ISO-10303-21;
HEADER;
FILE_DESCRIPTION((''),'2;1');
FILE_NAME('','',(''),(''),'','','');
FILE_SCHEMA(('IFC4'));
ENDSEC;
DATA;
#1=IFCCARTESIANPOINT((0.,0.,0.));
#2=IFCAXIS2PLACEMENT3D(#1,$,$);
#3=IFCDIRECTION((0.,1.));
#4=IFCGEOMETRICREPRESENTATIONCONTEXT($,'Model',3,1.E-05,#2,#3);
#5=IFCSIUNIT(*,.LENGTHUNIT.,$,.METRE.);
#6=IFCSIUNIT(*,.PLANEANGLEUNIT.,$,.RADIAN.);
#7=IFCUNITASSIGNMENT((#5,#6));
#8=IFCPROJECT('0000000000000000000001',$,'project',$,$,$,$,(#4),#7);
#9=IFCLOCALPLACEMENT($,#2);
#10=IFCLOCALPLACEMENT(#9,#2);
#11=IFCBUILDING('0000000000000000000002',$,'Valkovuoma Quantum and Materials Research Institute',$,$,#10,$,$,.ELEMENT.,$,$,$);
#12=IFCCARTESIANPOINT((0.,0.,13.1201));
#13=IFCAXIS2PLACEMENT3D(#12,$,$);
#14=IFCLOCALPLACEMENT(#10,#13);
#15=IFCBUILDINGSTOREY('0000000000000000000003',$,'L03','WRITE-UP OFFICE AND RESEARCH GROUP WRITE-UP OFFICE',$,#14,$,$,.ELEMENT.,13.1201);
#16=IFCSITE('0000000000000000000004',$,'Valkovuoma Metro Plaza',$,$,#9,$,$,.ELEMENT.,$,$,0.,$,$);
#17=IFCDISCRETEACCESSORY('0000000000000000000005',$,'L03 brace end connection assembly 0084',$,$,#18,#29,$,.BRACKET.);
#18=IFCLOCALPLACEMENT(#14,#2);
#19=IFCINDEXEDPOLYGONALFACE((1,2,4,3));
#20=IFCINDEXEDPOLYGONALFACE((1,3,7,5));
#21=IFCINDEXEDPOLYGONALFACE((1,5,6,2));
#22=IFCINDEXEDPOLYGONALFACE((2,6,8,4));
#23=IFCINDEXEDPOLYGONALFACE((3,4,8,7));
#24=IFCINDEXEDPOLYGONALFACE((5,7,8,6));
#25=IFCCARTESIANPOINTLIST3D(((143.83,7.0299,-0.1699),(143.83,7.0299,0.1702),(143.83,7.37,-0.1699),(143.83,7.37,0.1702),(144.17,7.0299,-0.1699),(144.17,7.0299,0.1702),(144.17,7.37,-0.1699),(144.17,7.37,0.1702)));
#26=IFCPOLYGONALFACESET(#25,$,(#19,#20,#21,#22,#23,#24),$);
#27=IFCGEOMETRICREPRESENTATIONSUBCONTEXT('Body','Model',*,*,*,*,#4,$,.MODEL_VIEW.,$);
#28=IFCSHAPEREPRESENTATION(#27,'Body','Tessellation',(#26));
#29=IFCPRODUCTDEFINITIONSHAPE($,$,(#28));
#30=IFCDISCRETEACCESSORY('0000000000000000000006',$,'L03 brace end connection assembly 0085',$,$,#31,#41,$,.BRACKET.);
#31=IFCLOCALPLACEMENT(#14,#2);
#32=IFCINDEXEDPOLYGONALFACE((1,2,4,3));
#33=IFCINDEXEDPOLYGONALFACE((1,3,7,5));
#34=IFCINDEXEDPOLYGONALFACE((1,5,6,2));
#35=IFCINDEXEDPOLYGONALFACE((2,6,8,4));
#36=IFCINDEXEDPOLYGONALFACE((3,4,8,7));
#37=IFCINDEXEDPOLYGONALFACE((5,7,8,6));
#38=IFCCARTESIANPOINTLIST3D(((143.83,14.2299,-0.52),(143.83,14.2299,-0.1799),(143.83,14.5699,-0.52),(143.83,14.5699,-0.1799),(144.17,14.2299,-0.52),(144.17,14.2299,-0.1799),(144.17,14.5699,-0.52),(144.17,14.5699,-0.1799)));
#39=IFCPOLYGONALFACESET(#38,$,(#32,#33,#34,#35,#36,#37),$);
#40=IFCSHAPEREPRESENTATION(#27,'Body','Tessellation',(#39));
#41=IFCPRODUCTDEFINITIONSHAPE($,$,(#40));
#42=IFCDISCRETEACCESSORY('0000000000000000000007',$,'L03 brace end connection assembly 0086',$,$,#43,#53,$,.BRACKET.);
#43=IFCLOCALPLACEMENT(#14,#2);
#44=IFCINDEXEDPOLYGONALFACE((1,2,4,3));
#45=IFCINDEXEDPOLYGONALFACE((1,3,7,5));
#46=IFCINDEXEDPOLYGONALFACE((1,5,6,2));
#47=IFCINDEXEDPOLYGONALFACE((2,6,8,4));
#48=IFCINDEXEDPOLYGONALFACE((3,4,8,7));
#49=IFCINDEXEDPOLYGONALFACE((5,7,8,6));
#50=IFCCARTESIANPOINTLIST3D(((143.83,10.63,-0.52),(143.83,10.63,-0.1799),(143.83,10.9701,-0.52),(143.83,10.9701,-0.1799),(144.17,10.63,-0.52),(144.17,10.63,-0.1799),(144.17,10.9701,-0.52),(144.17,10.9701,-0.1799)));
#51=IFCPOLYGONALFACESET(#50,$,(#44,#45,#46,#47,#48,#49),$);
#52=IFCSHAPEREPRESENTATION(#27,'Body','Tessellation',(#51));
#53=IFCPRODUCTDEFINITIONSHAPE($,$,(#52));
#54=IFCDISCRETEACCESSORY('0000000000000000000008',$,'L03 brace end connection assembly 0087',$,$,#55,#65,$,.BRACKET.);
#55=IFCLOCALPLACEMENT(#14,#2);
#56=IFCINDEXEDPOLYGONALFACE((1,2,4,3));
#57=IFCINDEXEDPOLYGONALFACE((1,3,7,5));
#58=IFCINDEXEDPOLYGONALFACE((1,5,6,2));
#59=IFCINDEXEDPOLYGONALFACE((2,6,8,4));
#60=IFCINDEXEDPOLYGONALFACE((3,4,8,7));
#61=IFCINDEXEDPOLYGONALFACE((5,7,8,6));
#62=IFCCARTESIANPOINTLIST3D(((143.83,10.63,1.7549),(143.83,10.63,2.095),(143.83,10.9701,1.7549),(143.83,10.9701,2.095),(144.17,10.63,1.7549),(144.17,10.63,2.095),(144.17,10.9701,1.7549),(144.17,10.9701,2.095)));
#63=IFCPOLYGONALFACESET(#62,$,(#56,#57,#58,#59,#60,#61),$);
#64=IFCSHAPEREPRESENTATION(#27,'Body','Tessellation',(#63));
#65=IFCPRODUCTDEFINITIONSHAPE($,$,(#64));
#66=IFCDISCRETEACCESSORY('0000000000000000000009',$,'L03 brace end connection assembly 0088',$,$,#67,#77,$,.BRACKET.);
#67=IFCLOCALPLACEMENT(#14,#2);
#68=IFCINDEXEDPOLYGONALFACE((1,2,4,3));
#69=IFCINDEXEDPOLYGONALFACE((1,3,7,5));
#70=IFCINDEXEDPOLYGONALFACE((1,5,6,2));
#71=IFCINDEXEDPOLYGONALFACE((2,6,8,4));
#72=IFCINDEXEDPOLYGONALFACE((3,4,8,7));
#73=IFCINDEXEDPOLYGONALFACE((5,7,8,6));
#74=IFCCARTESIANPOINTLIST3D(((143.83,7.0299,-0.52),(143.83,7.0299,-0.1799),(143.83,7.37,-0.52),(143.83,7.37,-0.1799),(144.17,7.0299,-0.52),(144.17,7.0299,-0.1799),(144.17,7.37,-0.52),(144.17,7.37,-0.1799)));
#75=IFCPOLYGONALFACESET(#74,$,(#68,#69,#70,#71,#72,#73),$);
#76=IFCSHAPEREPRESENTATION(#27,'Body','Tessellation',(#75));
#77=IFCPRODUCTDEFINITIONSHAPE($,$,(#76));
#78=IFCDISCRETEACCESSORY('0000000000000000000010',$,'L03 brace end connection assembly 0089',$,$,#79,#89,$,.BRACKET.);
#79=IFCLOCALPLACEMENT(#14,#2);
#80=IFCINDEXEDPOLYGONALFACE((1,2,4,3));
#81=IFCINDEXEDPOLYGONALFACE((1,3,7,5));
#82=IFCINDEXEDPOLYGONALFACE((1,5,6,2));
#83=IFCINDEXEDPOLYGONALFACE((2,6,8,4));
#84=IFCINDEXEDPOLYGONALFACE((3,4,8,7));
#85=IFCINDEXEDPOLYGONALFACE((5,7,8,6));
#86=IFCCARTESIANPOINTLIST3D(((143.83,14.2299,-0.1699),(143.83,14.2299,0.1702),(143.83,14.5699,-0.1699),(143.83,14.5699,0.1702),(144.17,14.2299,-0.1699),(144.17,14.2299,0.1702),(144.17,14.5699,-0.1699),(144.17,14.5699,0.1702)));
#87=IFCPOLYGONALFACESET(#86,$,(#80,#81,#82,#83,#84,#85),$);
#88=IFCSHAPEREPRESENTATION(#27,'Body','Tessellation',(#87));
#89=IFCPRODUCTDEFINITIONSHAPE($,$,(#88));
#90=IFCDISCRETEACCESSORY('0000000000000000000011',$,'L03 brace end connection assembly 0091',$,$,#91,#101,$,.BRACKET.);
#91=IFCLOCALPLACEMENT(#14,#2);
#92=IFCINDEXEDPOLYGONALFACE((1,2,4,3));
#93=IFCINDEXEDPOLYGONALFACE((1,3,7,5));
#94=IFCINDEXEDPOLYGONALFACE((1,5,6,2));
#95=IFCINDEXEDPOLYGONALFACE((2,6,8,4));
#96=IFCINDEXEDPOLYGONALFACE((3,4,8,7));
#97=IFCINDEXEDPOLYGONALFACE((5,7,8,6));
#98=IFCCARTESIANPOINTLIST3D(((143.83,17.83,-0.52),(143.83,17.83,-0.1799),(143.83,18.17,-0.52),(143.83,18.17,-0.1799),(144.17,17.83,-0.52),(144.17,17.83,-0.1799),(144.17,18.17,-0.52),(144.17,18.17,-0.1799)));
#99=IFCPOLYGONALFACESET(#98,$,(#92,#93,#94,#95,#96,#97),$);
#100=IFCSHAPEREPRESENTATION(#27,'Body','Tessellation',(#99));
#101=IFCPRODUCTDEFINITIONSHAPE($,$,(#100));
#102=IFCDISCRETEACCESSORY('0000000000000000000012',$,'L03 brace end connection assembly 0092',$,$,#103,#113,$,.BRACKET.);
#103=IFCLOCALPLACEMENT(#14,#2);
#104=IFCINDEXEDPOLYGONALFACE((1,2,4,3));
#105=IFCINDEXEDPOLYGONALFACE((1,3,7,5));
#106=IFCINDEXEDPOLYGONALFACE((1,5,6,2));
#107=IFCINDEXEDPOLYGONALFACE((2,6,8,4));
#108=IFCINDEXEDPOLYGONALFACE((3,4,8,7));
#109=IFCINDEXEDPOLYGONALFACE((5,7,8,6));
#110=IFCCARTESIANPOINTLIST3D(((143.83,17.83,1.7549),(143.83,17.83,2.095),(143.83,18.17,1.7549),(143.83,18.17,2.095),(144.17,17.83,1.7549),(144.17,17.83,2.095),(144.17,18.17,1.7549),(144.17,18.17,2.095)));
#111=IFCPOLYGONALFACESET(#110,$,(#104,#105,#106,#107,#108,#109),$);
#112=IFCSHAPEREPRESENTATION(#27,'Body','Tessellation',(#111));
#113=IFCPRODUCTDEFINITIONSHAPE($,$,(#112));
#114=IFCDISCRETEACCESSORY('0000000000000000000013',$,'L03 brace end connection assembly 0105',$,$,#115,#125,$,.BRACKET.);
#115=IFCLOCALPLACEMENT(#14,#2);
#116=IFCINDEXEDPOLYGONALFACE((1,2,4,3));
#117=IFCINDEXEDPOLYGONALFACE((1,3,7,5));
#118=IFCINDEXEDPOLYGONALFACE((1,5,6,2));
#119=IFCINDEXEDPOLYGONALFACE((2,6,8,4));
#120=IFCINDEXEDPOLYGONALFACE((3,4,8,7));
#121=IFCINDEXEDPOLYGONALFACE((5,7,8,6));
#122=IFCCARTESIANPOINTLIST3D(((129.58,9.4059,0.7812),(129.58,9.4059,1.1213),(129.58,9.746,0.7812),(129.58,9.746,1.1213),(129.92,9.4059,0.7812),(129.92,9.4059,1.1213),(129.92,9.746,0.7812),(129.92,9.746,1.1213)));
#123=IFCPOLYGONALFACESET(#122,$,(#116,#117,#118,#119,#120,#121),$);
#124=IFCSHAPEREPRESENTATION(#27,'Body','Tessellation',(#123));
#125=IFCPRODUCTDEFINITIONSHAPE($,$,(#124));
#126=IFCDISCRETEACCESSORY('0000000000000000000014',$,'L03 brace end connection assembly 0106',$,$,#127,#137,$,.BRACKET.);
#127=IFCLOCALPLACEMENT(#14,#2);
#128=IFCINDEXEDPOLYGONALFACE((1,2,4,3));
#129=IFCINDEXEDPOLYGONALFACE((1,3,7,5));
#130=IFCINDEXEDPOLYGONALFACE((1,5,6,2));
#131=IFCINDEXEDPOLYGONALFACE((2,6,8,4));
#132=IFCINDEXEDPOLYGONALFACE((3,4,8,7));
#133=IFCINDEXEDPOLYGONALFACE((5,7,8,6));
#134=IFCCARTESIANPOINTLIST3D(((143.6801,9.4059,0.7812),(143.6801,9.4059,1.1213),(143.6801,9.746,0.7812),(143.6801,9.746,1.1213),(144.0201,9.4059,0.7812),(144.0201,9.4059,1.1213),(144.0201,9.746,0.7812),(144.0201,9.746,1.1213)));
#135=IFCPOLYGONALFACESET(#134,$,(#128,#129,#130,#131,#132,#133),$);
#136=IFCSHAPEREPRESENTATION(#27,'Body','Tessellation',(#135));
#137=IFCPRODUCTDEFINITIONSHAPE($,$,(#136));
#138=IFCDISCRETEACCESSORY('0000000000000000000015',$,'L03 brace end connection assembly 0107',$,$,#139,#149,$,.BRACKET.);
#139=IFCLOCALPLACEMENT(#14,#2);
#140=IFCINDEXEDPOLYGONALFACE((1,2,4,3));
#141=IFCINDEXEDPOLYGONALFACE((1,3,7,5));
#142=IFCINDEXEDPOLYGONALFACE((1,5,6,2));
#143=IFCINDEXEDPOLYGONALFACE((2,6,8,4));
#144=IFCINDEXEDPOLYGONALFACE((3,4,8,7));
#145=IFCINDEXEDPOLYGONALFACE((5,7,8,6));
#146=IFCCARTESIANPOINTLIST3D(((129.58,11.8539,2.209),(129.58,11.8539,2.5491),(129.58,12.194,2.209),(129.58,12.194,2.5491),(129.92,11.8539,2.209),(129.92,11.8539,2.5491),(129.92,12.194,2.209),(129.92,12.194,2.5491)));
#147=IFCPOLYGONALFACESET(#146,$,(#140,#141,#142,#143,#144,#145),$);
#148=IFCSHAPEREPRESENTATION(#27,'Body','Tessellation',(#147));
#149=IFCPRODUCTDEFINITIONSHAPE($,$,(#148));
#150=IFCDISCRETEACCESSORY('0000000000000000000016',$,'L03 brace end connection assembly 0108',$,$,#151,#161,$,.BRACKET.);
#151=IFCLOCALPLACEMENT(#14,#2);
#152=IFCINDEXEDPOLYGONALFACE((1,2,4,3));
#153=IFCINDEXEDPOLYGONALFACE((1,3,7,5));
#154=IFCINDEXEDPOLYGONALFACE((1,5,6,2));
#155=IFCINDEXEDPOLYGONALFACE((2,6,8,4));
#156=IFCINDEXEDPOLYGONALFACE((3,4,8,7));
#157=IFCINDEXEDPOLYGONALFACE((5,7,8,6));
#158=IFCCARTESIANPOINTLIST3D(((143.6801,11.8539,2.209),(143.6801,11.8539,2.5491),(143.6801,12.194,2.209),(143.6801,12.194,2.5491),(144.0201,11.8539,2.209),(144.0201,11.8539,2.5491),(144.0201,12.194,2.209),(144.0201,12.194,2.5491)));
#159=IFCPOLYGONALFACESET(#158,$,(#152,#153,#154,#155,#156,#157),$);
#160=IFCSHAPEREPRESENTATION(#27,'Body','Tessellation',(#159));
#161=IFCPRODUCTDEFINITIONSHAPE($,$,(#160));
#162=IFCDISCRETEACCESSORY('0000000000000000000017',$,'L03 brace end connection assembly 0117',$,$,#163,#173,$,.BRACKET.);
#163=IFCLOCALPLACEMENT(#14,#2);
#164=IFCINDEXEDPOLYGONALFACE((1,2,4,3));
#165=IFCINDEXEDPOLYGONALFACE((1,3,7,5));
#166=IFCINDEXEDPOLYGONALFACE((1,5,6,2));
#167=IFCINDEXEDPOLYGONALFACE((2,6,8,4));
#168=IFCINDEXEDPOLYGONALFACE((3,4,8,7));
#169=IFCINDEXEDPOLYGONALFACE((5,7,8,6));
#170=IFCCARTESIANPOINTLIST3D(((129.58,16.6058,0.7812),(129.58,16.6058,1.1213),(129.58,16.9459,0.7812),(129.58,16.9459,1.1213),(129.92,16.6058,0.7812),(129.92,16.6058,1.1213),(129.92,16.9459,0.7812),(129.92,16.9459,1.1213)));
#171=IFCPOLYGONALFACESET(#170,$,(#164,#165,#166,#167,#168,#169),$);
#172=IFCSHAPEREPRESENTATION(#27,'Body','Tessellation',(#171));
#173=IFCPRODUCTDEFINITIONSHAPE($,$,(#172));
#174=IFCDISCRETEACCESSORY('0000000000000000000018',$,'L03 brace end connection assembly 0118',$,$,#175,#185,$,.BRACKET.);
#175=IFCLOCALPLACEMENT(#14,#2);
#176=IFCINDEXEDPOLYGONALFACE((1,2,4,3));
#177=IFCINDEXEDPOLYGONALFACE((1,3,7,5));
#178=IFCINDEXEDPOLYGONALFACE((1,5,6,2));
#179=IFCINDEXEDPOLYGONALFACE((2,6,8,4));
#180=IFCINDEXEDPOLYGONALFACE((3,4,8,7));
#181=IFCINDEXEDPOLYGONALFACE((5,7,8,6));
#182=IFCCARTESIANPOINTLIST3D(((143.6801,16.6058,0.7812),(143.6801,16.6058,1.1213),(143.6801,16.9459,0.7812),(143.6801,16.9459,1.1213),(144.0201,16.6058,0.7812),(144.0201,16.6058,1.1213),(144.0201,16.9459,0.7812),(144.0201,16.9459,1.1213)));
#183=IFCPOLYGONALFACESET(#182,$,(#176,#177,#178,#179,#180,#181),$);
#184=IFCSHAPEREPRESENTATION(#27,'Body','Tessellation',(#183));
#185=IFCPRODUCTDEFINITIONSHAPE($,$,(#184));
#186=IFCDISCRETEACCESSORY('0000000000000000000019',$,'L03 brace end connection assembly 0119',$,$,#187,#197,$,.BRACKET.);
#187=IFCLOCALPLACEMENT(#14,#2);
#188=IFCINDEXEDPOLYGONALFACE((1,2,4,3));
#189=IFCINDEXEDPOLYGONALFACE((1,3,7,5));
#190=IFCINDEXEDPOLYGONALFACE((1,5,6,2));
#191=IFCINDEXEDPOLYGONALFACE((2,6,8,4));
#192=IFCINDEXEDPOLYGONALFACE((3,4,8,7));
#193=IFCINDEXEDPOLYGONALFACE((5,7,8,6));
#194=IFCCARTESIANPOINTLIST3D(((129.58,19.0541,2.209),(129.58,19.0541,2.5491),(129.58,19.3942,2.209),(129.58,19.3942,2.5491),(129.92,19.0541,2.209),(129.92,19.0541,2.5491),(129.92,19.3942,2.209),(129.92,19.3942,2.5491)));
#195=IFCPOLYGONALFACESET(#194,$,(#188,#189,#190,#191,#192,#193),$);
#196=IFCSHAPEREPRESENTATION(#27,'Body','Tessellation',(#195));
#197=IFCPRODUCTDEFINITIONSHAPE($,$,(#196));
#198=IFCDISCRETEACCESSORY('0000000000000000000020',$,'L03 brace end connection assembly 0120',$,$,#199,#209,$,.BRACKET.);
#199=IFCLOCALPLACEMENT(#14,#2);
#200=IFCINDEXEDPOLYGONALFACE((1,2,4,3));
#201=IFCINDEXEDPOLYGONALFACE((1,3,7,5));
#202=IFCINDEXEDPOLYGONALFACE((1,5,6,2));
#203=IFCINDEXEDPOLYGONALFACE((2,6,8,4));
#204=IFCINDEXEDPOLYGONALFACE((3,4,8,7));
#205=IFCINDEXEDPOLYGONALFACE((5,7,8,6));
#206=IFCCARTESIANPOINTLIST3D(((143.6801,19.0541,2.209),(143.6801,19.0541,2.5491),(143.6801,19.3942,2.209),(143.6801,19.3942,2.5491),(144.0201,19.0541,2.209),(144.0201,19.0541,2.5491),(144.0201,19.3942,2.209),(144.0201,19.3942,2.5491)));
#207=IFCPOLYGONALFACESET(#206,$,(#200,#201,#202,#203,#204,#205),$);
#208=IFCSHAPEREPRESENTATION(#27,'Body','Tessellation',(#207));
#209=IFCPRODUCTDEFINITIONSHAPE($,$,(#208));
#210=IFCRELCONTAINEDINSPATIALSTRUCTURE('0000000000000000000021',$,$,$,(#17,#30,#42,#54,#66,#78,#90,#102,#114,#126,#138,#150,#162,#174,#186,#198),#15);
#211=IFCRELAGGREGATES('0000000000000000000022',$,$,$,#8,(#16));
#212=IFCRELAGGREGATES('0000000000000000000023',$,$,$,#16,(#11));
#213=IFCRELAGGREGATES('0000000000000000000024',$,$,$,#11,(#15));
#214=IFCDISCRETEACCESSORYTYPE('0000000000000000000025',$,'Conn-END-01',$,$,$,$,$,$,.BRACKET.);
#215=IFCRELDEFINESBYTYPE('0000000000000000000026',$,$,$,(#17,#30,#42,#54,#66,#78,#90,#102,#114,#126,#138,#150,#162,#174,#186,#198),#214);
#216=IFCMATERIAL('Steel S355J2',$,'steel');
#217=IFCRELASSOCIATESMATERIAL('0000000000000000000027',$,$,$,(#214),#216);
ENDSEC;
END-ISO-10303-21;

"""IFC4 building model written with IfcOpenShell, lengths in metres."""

from ifc_helpers import new_model, si_unit, direction, frame, origin, origin_2d, place, context, subcontext, project, spatial, rectangle, extrude, material, type_object, element, save


model = new_model("IFC4")

# Units and contexts
model_context = context("Model", 3, precision=1e-05, world=origin(), true_north=direction((0.0, 1.0)))
body_context = subcontext(model_context, "Body", "Model", "MODEL_VIEW")
ifc_project = project(units=[si_unit("LENGTHUNIT", "METRE"), si_unit("PLANEANGLEUNIT", "RADIAN")], contexts=[model_context])

# Site, building, storey
site_placement = place(None, origin())
site = spatial("IfcSite", under=ifc_project, at=site_placement, Name="Valkovuoma Metro Plaza", CompositionType="ELEMENT", RefElevation=0.0)
building_placement = place(site_placement, origin())
building = spatial("IfcBuilding", under=site, at=building_placement, Name="Valkovuoma Quantum and Materials Research Institute", CompositionType="ELEMENT")
storey_placement = place(building_placement, frame((0.0, 0.0, 13.1201)))
storey = spatial("IfcBuildingStorey", under=building, at=storey_placement, Name="L03", Description="WRITE-UP OFFICE AND RESEARCH GROUP WRITE-UP OFFICE", CompositionType="ELEMENT", Elevation=13.1201)

# Discrete accessories
ifc_material_1 = material(Name="Steel S355J2", Category="steel")
discrete_accessory_type = type_object("IfcDiscreteAccessoryType", Name="Conn-END-01", PredefinedType="BRACKET", material=ifc_material_1)
for number, where, z_axis, x_axis, name in (
    (1, (144.0, 7.2, -0.1699), (0.0, 0.0, 1.0), (1.0, 0.0, 0.0), "L03 brace end connection assembly 0084"),
    (2, (144.0, 14.3999, -0.52), (0.0, 0.0, 1.0), (1.0, 0.0, 0.0), "L03 brace end connection assembly 0085"),
    (3, (144.0, 10.8, -0.52), (0.0, 0.0, 1.0), (1.0, 0.0, 0.0), "L03 brace end connection assembly 0086"),
    (4, (144.0, 10.8, 1.7549), (0.0, 0.0, 1.0), (1.0, 0.0, 0.0), "L03 brace end connection assembly 0087"),
    (5, (144.0, 7.2, -0.52), (0.0, 0.0, 1.0), (1.0, 0.0, 0.0), "L03 brace end connection assembly 0088"),
    (6, (144.0, 14.3999, -0.1699), (0.0, 0.0, 1.0), (1.0, 0.0, 0.0), "L03 brace end connection assembly 0089"),
    (7, (144.0, 18.0, -0.52), (0.0, 0.0, 1.0), (1.0, 0.0, 0.0), "L03 brace end connection assembly 0091"),
    (8, (144.0, 18.0, 1.7549), (0.0, 0.0, 1.0), (1.0, 0.0, 0.0), "L03 brace end connection assembly 0092"),
    (9, (129.75, 9.5759, 0.7812), (0.0, 0.0, 1.0), (1.0, 0.0, 0.0), "L03 brace end connection assembly 0105"),
    (10, (143.8501, 9.5759, 0.7812), (0.0, 0.0, 1.0), (1.0, 0.0, 0.0), "L03 brace end connection assembly 0106"),
    (11, (129.75, 12.0239, 2.209), (0.0, 0.0, 1.0), (1.0, 0.0, 0.0), "L03 brace end connection assembly 0107"),
    (12, (143.8501, 12.0239, 2.209), (0.0, 0.0, 1.0), (1.0, 0.0, 0.0), "L03 brace end connection assembly 0108"),
    (13, (129.75, 16.7759, 0.7812), (0.0, 0.0, 1.0), (1.0, 0.0, 0.0), "L03 brace end connection assembly 0117"),
    (14, (143.8501, 16.7759, 0.7812), (0.0, 0.0, 1.0), (1.0, 0.0, 0.0), "L03 brace end connection assembly 0118"),
    (15, (129.75, 19.2241, 2.209), (0.0, 0.0, 1.0), (1.0, 0.0, 0.0), "L03 brace end connection assembly 0119"),
    (16, (143.8501, 19.2241, 2.209), (0.0, 0.0, 1.0), (1.0, 0.0, 0.0), "L03 brace end connection assembly 0120"),
):
    element("IfcDiscreteAccessory", number, at=place(storey_placement, frame(where, z_axis=z_axis, x_axis=x_axis)), inside=storey, type_object=discrete_accessory_type, Name=name, PredefinedType="BRACKET", context=body_context, shape_type="SweptSolid", body=[
        extrude(rectangle(XDim=0.3401, YDim=0.3401, at=origin_2d()), origin(), (0.0, 0.0, 1.0), 0.3401),
    ])

save(model, "model.ifc")
